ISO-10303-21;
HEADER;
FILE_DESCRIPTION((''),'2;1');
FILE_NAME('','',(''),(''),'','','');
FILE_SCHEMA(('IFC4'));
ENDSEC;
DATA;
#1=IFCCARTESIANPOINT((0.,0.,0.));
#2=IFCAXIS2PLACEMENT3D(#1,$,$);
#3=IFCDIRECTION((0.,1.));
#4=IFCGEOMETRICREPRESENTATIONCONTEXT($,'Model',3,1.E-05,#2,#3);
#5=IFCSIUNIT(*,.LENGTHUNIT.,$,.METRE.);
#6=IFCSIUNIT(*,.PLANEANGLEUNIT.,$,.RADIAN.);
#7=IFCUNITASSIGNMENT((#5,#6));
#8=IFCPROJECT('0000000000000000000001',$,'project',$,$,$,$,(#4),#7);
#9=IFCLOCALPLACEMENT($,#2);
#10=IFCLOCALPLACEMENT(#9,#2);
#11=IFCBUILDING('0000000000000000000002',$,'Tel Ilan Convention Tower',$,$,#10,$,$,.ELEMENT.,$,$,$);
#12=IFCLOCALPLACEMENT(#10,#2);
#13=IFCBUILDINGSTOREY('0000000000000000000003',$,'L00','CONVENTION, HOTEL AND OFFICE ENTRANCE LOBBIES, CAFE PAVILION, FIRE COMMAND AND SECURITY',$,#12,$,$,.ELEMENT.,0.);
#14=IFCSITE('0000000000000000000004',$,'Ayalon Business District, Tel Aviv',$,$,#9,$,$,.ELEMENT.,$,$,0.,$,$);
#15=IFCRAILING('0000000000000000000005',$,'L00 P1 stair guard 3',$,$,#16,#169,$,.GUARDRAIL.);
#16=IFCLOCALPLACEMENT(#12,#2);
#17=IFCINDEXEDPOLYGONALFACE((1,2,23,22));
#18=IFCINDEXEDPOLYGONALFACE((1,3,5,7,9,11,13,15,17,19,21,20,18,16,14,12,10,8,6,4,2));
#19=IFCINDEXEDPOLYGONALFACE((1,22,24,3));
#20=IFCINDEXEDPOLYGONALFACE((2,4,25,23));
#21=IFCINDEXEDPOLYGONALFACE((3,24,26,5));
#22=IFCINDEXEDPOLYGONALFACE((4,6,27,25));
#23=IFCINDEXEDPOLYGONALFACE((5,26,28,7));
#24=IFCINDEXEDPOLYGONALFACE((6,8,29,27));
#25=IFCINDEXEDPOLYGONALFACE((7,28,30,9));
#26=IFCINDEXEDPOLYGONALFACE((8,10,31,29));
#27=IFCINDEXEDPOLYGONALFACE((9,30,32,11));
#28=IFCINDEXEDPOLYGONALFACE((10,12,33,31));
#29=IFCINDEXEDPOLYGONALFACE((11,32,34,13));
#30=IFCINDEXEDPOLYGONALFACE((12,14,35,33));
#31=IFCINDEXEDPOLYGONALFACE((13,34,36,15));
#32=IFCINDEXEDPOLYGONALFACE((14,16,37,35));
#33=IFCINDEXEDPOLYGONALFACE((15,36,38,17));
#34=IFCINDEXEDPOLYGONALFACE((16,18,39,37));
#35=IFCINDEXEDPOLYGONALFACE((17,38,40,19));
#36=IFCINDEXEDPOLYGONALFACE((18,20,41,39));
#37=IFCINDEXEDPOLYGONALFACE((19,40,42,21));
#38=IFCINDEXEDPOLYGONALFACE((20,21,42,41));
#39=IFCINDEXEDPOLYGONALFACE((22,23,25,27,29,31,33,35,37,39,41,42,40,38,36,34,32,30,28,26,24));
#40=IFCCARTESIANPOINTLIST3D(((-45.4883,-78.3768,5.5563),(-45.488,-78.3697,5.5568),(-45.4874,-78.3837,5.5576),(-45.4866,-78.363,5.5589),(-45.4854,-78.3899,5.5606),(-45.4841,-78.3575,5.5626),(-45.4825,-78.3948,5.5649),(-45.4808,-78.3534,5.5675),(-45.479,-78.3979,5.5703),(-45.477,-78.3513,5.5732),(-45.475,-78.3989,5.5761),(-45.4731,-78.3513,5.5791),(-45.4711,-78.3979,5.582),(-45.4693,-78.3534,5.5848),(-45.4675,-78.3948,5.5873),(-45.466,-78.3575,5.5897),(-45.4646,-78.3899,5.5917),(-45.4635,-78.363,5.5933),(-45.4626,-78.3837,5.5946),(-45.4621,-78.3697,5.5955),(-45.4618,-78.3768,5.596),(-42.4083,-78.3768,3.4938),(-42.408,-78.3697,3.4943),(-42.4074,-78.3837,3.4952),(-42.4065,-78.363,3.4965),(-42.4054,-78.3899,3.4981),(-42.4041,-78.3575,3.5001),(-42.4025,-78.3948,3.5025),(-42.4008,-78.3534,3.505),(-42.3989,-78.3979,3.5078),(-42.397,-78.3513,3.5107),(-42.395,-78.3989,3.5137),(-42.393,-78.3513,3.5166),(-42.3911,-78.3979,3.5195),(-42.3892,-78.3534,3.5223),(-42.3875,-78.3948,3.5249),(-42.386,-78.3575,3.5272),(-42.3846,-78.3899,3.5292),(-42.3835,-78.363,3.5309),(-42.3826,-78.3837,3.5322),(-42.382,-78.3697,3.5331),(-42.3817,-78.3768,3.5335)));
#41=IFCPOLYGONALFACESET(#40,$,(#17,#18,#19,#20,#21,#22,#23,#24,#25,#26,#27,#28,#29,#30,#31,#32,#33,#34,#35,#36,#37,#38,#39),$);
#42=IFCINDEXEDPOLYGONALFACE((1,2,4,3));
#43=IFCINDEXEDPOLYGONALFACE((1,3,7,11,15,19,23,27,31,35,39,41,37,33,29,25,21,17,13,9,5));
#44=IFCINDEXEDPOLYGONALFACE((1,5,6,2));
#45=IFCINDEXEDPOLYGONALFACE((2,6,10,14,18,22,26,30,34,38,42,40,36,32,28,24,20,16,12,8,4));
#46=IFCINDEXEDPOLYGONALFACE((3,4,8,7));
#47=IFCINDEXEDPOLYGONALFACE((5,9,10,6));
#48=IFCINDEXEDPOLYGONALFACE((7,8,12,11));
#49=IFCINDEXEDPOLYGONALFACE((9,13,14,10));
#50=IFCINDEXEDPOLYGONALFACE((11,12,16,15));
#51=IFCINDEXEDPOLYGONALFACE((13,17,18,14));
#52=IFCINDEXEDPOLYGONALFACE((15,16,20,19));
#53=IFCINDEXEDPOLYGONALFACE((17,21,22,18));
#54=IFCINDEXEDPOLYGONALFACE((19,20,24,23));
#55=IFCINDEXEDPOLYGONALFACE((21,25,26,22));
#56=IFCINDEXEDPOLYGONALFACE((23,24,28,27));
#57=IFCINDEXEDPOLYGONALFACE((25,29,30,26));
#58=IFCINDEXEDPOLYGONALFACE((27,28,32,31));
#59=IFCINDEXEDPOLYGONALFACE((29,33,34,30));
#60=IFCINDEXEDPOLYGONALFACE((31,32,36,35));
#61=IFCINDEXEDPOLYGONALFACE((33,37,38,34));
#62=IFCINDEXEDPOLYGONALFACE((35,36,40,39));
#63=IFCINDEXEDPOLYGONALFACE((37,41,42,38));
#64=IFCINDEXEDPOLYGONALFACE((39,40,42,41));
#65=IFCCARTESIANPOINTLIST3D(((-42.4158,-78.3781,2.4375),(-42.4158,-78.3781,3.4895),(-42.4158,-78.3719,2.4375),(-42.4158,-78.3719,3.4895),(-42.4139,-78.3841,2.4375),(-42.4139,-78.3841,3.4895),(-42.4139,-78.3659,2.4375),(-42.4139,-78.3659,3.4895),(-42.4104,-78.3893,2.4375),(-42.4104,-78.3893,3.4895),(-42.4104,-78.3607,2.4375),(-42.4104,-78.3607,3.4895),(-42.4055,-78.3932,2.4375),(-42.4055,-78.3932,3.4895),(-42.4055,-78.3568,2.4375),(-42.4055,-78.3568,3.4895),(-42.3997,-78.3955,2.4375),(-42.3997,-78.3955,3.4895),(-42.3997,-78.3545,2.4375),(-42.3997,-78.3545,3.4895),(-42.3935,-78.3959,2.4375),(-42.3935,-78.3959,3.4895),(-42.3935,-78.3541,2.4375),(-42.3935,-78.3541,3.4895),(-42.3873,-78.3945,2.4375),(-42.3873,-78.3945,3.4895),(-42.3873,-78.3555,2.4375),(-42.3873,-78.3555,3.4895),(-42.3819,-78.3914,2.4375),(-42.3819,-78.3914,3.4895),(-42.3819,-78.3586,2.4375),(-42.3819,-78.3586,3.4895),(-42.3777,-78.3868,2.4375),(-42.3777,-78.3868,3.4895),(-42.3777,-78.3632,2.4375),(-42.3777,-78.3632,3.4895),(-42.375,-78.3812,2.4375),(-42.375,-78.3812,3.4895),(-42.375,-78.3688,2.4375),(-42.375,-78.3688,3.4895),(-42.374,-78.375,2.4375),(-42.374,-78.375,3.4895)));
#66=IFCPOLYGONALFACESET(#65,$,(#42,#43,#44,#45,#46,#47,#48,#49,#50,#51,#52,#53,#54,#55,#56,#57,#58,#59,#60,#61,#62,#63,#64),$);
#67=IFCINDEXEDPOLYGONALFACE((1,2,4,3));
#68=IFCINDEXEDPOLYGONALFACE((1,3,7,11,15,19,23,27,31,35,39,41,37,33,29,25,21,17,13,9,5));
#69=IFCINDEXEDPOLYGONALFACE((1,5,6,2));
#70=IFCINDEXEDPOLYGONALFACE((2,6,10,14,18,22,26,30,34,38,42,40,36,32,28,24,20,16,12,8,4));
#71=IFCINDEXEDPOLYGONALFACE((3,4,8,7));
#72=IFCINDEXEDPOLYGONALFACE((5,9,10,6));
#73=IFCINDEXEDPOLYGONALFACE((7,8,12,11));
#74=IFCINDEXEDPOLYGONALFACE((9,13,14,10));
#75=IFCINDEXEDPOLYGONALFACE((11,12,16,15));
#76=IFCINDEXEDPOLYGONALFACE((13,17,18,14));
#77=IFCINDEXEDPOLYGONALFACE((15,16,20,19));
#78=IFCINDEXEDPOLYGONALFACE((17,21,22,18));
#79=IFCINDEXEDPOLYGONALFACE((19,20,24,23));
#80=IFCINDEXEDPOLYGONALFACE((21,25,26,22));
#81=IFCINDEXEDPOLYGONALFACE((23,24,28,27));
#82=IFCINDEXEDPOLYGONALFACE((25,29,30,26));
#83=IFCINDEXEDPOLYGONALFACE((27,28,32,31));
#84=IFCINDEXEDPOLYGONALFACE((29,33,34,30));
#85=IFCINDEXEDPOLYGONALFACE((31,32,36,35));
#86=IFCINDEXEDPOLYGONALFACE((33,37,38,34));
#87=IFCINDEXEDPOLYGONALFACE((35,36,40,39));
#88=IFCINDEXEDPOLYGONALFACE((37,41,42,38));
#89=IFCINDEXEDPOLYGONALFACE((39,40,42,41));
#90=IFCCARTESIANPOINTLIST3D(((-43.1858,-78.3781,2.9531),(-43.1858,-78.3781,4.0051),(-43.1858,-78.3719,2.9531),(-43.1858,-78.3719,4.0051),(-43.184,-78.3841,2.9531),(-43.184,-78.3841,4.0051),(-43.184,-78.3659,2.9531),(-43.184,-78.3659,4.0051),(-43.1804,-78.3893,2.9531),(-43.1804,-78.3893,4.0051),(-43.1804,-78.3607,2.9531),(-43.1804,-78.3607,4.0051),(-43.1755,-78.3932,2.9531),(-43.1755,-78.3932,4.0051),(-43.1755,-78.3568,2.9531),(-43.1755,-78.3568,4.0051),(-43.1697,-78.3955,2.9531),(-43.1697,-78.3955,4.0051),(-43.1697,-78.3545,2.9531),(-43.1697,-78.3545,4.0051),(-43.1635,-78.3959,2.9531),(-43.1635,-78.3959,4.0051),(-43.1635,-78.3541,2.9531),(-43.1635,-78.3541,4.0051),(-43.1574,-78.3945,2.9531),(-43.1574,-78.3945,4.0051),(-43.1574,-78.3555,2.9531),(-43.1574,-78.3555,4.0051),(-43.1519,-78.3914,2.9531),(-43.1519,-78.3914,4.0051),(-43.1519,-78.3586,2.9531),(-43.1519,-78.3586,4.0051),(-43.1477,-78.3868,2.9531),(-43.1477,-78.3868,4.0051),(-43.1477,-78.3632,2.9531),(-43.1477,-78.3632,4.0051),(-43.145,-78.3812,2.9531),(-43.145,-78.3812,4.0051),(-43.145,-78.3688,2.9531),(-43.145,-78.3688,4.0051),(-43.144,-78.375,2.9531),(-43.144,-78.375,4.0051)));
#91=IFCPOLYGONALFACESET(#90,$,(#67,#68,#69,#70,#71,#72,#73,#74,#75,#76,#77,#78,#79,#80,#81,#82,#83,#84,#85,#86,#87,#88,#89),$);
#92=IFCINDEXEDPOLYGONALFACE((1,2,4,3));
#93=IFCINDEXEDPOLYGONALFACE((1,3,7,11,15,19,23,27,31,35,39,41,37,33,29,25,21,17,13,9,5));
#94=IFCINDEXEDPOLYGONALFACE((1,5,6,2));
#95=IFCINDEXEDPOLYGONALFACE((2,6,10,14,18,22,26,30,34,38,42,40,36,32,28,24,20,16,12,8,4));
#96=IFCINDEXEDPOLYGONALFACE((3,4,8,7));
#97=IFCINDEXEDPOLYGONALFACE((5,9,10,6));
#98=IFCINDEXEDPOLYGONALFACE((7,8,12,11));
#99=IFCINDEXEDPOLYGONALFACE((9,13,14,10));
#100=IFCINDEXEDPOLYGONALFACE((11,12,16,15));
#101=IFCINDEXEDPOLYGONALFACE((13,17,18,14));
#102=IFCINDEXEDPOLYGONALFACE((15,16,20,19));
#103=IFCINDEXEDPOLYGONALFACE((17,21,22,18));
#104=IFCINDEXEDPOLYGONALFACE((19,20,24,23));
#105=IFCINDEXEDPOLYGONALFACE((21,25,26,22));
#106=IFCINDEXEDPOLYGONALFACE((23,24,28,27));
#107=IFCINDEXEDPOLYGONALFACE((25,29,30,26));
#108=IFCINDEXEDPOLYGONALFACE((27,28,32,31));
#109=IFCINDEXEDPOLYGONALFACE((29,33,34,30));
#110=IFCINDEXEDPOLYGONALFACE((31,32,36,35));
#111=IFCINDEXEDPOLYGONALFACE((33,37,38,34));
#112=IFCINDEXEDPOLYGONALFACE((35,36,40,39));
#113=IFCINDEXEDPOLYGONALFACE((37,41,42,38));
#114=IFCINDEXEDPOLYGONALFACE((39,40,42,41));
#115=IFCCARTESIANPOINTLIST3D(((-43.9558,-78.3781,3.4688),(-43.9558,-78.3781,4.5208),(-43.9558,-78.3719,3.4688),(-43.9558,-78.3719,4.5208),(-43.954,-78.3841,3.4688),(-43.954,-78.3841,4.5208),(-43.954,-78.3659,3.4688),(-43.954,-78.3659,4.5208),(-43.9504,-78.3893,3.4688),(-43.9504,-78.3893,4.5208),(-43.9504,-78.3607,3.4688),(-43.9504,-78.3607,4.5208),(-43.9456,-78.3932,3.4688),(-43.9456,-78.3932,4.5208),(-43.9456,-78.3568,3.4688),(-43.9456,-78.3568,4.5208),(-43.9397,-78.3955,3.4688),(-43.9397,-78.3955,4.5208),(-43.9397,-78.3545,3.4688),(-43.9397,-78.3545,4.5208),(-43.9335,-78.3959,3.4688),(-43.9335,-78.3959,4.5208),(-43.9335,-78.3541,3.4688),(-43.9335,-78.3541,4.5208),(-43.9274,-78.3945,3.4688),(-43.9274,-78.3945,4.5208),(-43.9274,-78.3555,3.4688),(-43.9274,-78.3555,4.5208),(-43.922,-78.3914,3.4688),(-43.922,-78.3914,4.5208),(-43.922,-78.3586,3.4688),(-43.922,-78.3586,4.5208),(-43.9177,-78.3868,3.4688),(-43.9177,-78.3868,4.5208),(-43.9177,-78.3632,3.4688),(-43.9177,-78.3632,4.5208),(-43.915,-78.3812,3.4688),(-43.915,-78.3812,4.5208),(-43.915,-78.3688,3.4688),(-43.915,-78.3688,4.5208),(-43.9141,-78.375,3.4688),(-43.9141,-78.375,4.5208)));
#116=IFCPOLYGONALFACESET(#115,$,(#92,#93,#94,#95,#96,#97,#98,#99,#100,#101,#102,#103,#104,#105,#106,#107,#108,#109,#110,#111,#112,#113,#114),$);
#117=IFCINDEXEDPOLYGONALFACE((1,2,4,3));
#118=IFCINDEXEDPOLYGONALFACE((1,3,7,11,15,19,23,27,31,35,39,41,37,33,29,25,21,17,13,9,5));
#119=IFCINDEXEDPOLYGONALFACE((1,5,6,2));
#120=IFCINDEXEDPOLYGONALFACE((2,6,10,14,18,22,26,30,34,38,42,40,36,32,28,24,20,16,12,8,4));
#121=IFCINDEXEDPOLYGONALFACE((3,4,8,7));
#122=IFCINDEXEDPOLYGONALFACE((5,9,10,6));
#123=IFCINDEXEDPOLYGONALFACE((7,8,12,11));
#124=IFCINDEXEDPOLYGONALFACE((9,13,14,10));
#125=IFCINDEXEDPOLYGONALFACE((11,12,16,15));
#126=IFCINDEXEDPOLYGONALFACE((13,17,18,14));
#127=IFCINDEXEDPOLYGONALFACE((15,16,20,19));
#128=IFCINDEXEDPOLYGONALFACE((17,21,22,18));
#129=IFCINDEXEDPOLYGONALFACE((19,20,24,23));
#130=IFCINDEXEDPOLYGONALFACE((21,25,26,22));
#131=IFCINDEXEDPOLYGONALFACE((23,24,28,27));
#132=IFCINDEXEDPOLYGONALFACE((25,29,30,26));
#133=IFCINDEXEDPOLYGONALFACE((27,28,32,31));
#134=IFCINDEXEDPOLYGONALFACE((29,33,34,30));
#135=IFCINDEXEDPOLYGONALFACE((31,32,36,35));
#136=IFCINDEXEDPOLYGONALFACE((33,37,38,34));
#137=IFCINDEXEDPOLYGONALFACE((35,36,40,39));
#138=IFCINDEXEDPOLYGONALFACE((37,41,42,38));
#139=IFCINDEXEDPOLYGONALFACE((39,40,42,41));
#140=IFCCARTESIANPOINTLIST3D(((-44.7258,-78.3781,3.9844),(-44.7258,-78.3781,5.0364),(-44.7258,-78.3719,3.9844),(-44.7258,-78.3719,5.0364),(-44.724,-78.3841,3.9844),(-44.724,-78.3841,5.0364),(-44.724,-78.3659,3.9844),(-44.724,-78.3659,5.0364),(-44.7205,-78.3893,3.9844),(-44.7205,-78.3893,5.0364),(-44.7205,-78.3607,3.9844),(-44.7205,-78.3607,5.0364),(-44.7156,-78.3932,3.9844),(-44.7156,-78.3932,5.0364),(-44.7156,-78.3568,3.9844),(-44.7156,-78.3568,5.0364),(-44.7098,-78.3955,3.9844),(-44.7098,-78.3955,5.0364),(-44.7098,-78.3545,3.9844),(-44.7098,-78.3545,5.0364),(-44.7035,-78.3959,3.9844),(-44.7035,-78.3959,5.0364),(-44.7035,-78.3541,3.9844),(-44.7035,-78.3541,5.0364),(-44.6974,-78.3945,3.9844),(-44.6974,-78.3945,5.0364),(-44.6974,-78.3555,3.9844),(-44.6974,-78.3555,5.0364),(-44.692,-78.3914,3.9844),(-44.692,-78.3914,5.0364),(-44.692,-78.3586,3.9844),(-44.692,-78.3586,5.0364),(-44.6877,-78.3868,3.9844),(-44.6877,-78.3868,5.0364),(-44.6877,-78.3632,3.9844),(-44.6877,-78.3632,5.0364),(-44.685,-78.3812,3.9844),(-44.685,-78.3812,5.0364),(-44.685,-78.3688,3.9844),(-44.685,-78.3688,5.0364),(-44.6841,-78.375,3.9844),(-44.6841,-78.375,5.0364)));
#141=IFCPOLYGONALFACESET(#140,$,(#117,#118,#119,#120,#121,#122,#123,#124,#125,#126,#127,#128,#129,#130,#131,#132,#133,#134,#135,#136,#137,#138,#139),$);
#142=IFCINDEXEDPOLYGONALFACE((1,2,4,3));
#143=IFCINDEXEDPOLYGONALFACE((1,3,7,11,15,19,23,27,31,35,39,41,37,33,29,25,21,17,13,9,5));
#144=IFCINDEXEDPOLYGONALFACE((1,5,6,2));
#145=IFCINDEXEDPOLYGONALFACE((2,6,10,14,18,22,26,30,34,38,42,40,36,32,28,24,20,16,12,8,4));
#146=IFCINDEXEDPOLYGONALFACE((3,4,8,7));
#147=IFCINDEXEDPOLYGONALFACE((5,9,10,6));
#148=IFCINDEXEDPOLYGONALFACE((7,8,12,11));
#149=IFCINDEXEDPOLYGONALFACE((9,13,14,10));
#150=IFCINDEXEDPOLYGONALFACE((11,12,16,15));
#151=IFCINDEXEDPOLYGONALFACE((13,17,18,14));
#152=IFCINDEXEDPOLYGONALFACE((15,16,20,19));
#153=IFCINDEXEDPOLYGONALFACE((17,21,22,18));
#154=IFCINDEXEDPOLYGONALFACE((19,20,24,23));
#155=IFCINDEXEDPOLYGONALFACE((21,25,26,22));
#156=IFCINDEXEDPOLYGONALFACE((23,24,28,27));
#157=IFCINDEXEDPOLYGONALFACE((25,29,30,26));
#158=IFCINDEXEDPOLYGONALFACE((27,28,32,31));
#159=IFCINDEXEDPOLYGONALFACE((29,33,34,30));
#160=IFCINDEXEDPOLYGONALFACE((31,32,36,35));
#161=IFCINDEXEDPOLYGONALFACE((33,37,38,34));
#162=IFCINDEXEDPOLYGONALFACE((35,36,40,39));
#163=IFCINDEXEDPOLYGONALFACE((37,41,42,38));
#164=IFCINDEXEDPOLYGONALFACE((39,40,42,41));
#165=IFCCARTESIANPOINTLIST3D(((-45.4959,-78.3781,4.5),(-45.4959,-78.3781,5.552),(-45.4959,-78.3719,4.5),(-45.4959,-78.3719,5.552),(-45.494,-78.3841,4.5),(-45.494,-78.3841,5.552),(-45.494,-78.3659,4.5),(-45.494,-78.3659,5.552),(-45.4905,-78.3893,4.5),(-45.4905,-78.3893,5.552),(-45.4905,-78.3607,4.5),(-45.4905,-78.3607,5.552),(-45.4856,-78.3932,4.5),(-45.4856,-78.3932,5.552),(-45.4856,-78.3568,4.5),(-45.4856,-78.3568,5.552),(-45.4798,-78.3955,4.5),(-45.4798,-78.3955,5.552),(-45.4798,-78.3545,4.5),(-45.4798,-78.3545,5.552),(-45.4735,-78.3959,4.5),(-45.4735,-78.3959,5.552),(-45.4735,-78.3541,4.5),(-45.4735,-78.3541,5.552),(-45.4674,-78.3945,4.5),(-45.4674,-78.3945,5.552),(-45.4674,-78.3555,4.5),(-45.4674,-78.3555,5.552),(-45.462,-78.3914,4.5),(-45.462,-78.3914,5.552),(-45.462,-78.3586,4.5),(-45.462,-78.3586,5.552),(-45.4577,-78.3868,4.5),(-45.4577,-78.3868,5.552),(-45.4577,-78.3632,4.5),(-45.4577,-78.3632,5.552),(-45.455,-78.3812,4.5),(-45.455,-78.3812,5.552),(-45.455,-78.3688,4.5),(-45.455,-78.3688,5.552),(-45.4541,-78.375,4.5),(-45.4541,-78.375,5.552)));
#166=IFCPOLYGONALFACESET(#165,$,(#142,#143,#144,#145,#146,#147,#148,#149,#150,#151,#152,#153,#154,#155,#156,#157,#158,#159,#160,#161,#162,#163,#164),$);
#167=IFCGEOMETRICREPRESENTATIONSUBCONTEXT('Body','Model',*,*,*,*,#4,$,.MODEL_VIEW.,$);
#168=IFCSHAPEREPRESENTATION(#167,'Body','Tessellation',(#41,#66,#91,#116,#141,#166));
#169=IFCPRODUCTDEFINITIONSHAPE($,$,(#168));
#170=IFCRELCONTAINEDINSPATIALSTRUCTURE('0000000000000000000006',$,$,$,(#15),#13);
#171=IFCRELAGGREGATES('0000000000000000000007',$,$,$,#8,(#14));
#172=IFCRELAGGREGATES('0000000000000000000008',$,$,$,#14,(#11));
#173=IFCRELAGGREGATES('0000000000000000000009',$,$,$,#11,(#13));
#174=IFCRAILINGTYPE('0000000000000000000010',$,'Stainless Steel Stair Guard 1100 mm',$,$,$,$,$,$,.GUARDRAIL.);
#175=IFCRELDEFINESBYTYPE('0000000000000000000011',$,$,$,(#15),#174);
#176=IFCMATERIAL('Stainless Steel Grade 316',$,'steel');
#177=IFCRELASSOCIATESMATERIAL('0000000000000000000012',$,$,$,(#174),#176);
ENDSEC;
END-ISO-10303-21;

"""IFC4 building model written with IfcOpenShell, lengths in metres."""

from ifc_helpers import new_model, si_unit, direction, frame, origin, origin_2d, place, context, subcontext, project, spatial, circle, extrude, material, type_object, element, save


model = new_model("IFC4")

# Units and contexts
model_context = context("Model", 3, precision=1e-05, world=origin(), true_north=direction((0.0, 1.0)))
body_context = subcontext(model_context, "Body", "Model", "MODEL_VIEW")
ifc_project = project(units=[si_unit("LENGTHUNIT", "METRE"), si_unit("PLANEANGLEUNIT", "RADIAN")], contexts=[model_context])

# Site, building, storey
site_placement = place(None, origin())
site = spatial("IfcSite", under=ifc_project, at=site_placement, Name="Ayalon Business District, Tel Aviv", CompositionType="ELEMENT", RefElevation=0.0)
building_placement = place(site_placement, origin())
building = spatial("IfcBuilding", under=site, at=building_placement, Name="Tel Ilan Convention Tower", CompositionType="ELEMENT")
storey_placement = place(building_placement, origin())
storey = spatial("IfcBuildingStorey", under=building, at=storey_placement, Name="L00", Description="CONVENTION, HOTEL AND OFFICE ENTRANCE LOBBIES, CAFE PAVILION, FIRE COMMAND AND SECURITY", CompositionType="ELEMENT", Elevation=0.0)

# Railing
ifc_material_1 = material(Name="Stainless Steel Grade 316", Category="steel")
railing_type_1 = type_object("IfcRailingType", Name="Stainless Steel Stair Guard 1100 mm", PredefinedType="GUARDRAIL", material=ifc_material_1)
railing_1_placement = place(storey_placement, frame((-42.395, -78.375, 2.4375)))
element("IfcRailing", 1, at=railing_1_placement, inside=storey, type_object=railing_type_1, Name="L00 P1 stair guard 3", PredefinedType="GUARDRAIL", context=body_context, shape_type="SweptSolid", body=[
    extrude(circle(Radius=0.0239, at=origin_2d()), frame((0.0, 0.0, 1.0762), z_axis=(-0.830914, 0.0, 0.556401), x_axis=(0.0, -1.0, 0.0)), (0.0, 0.0, 1.0), 3.7068),
    extrude(circle(Radius=0.021, at=origin_2d()), origin(), (0.0, 0.0, 1.0), 1.052),
    extrude(circle(Radius=0.021, at=origin_2d()), frame((-0.77, 0.0, 0.5156)), (0.0, 0.0, 1.0), 1.052),
    extrude(circle(Radius=0.021, at=origin_2d()), frame((-1.54, 0.0, 1.0312)), (0.0, 0.0, 1.0), 1.052),
    extrude(circle(Radius=0.021, at=origin_2d()), frame((-2.3101, 0.0, 1.5469)), (0.0, 0.0, 1.0), 1.052),
    extrude(circle(Radius=0.021, at=origin_2d()), frame((-3.0801, 0.0, 2.0625)), (0.0, 0.0, 1.0), 1.052),
])

save(model, "model.ifc")
